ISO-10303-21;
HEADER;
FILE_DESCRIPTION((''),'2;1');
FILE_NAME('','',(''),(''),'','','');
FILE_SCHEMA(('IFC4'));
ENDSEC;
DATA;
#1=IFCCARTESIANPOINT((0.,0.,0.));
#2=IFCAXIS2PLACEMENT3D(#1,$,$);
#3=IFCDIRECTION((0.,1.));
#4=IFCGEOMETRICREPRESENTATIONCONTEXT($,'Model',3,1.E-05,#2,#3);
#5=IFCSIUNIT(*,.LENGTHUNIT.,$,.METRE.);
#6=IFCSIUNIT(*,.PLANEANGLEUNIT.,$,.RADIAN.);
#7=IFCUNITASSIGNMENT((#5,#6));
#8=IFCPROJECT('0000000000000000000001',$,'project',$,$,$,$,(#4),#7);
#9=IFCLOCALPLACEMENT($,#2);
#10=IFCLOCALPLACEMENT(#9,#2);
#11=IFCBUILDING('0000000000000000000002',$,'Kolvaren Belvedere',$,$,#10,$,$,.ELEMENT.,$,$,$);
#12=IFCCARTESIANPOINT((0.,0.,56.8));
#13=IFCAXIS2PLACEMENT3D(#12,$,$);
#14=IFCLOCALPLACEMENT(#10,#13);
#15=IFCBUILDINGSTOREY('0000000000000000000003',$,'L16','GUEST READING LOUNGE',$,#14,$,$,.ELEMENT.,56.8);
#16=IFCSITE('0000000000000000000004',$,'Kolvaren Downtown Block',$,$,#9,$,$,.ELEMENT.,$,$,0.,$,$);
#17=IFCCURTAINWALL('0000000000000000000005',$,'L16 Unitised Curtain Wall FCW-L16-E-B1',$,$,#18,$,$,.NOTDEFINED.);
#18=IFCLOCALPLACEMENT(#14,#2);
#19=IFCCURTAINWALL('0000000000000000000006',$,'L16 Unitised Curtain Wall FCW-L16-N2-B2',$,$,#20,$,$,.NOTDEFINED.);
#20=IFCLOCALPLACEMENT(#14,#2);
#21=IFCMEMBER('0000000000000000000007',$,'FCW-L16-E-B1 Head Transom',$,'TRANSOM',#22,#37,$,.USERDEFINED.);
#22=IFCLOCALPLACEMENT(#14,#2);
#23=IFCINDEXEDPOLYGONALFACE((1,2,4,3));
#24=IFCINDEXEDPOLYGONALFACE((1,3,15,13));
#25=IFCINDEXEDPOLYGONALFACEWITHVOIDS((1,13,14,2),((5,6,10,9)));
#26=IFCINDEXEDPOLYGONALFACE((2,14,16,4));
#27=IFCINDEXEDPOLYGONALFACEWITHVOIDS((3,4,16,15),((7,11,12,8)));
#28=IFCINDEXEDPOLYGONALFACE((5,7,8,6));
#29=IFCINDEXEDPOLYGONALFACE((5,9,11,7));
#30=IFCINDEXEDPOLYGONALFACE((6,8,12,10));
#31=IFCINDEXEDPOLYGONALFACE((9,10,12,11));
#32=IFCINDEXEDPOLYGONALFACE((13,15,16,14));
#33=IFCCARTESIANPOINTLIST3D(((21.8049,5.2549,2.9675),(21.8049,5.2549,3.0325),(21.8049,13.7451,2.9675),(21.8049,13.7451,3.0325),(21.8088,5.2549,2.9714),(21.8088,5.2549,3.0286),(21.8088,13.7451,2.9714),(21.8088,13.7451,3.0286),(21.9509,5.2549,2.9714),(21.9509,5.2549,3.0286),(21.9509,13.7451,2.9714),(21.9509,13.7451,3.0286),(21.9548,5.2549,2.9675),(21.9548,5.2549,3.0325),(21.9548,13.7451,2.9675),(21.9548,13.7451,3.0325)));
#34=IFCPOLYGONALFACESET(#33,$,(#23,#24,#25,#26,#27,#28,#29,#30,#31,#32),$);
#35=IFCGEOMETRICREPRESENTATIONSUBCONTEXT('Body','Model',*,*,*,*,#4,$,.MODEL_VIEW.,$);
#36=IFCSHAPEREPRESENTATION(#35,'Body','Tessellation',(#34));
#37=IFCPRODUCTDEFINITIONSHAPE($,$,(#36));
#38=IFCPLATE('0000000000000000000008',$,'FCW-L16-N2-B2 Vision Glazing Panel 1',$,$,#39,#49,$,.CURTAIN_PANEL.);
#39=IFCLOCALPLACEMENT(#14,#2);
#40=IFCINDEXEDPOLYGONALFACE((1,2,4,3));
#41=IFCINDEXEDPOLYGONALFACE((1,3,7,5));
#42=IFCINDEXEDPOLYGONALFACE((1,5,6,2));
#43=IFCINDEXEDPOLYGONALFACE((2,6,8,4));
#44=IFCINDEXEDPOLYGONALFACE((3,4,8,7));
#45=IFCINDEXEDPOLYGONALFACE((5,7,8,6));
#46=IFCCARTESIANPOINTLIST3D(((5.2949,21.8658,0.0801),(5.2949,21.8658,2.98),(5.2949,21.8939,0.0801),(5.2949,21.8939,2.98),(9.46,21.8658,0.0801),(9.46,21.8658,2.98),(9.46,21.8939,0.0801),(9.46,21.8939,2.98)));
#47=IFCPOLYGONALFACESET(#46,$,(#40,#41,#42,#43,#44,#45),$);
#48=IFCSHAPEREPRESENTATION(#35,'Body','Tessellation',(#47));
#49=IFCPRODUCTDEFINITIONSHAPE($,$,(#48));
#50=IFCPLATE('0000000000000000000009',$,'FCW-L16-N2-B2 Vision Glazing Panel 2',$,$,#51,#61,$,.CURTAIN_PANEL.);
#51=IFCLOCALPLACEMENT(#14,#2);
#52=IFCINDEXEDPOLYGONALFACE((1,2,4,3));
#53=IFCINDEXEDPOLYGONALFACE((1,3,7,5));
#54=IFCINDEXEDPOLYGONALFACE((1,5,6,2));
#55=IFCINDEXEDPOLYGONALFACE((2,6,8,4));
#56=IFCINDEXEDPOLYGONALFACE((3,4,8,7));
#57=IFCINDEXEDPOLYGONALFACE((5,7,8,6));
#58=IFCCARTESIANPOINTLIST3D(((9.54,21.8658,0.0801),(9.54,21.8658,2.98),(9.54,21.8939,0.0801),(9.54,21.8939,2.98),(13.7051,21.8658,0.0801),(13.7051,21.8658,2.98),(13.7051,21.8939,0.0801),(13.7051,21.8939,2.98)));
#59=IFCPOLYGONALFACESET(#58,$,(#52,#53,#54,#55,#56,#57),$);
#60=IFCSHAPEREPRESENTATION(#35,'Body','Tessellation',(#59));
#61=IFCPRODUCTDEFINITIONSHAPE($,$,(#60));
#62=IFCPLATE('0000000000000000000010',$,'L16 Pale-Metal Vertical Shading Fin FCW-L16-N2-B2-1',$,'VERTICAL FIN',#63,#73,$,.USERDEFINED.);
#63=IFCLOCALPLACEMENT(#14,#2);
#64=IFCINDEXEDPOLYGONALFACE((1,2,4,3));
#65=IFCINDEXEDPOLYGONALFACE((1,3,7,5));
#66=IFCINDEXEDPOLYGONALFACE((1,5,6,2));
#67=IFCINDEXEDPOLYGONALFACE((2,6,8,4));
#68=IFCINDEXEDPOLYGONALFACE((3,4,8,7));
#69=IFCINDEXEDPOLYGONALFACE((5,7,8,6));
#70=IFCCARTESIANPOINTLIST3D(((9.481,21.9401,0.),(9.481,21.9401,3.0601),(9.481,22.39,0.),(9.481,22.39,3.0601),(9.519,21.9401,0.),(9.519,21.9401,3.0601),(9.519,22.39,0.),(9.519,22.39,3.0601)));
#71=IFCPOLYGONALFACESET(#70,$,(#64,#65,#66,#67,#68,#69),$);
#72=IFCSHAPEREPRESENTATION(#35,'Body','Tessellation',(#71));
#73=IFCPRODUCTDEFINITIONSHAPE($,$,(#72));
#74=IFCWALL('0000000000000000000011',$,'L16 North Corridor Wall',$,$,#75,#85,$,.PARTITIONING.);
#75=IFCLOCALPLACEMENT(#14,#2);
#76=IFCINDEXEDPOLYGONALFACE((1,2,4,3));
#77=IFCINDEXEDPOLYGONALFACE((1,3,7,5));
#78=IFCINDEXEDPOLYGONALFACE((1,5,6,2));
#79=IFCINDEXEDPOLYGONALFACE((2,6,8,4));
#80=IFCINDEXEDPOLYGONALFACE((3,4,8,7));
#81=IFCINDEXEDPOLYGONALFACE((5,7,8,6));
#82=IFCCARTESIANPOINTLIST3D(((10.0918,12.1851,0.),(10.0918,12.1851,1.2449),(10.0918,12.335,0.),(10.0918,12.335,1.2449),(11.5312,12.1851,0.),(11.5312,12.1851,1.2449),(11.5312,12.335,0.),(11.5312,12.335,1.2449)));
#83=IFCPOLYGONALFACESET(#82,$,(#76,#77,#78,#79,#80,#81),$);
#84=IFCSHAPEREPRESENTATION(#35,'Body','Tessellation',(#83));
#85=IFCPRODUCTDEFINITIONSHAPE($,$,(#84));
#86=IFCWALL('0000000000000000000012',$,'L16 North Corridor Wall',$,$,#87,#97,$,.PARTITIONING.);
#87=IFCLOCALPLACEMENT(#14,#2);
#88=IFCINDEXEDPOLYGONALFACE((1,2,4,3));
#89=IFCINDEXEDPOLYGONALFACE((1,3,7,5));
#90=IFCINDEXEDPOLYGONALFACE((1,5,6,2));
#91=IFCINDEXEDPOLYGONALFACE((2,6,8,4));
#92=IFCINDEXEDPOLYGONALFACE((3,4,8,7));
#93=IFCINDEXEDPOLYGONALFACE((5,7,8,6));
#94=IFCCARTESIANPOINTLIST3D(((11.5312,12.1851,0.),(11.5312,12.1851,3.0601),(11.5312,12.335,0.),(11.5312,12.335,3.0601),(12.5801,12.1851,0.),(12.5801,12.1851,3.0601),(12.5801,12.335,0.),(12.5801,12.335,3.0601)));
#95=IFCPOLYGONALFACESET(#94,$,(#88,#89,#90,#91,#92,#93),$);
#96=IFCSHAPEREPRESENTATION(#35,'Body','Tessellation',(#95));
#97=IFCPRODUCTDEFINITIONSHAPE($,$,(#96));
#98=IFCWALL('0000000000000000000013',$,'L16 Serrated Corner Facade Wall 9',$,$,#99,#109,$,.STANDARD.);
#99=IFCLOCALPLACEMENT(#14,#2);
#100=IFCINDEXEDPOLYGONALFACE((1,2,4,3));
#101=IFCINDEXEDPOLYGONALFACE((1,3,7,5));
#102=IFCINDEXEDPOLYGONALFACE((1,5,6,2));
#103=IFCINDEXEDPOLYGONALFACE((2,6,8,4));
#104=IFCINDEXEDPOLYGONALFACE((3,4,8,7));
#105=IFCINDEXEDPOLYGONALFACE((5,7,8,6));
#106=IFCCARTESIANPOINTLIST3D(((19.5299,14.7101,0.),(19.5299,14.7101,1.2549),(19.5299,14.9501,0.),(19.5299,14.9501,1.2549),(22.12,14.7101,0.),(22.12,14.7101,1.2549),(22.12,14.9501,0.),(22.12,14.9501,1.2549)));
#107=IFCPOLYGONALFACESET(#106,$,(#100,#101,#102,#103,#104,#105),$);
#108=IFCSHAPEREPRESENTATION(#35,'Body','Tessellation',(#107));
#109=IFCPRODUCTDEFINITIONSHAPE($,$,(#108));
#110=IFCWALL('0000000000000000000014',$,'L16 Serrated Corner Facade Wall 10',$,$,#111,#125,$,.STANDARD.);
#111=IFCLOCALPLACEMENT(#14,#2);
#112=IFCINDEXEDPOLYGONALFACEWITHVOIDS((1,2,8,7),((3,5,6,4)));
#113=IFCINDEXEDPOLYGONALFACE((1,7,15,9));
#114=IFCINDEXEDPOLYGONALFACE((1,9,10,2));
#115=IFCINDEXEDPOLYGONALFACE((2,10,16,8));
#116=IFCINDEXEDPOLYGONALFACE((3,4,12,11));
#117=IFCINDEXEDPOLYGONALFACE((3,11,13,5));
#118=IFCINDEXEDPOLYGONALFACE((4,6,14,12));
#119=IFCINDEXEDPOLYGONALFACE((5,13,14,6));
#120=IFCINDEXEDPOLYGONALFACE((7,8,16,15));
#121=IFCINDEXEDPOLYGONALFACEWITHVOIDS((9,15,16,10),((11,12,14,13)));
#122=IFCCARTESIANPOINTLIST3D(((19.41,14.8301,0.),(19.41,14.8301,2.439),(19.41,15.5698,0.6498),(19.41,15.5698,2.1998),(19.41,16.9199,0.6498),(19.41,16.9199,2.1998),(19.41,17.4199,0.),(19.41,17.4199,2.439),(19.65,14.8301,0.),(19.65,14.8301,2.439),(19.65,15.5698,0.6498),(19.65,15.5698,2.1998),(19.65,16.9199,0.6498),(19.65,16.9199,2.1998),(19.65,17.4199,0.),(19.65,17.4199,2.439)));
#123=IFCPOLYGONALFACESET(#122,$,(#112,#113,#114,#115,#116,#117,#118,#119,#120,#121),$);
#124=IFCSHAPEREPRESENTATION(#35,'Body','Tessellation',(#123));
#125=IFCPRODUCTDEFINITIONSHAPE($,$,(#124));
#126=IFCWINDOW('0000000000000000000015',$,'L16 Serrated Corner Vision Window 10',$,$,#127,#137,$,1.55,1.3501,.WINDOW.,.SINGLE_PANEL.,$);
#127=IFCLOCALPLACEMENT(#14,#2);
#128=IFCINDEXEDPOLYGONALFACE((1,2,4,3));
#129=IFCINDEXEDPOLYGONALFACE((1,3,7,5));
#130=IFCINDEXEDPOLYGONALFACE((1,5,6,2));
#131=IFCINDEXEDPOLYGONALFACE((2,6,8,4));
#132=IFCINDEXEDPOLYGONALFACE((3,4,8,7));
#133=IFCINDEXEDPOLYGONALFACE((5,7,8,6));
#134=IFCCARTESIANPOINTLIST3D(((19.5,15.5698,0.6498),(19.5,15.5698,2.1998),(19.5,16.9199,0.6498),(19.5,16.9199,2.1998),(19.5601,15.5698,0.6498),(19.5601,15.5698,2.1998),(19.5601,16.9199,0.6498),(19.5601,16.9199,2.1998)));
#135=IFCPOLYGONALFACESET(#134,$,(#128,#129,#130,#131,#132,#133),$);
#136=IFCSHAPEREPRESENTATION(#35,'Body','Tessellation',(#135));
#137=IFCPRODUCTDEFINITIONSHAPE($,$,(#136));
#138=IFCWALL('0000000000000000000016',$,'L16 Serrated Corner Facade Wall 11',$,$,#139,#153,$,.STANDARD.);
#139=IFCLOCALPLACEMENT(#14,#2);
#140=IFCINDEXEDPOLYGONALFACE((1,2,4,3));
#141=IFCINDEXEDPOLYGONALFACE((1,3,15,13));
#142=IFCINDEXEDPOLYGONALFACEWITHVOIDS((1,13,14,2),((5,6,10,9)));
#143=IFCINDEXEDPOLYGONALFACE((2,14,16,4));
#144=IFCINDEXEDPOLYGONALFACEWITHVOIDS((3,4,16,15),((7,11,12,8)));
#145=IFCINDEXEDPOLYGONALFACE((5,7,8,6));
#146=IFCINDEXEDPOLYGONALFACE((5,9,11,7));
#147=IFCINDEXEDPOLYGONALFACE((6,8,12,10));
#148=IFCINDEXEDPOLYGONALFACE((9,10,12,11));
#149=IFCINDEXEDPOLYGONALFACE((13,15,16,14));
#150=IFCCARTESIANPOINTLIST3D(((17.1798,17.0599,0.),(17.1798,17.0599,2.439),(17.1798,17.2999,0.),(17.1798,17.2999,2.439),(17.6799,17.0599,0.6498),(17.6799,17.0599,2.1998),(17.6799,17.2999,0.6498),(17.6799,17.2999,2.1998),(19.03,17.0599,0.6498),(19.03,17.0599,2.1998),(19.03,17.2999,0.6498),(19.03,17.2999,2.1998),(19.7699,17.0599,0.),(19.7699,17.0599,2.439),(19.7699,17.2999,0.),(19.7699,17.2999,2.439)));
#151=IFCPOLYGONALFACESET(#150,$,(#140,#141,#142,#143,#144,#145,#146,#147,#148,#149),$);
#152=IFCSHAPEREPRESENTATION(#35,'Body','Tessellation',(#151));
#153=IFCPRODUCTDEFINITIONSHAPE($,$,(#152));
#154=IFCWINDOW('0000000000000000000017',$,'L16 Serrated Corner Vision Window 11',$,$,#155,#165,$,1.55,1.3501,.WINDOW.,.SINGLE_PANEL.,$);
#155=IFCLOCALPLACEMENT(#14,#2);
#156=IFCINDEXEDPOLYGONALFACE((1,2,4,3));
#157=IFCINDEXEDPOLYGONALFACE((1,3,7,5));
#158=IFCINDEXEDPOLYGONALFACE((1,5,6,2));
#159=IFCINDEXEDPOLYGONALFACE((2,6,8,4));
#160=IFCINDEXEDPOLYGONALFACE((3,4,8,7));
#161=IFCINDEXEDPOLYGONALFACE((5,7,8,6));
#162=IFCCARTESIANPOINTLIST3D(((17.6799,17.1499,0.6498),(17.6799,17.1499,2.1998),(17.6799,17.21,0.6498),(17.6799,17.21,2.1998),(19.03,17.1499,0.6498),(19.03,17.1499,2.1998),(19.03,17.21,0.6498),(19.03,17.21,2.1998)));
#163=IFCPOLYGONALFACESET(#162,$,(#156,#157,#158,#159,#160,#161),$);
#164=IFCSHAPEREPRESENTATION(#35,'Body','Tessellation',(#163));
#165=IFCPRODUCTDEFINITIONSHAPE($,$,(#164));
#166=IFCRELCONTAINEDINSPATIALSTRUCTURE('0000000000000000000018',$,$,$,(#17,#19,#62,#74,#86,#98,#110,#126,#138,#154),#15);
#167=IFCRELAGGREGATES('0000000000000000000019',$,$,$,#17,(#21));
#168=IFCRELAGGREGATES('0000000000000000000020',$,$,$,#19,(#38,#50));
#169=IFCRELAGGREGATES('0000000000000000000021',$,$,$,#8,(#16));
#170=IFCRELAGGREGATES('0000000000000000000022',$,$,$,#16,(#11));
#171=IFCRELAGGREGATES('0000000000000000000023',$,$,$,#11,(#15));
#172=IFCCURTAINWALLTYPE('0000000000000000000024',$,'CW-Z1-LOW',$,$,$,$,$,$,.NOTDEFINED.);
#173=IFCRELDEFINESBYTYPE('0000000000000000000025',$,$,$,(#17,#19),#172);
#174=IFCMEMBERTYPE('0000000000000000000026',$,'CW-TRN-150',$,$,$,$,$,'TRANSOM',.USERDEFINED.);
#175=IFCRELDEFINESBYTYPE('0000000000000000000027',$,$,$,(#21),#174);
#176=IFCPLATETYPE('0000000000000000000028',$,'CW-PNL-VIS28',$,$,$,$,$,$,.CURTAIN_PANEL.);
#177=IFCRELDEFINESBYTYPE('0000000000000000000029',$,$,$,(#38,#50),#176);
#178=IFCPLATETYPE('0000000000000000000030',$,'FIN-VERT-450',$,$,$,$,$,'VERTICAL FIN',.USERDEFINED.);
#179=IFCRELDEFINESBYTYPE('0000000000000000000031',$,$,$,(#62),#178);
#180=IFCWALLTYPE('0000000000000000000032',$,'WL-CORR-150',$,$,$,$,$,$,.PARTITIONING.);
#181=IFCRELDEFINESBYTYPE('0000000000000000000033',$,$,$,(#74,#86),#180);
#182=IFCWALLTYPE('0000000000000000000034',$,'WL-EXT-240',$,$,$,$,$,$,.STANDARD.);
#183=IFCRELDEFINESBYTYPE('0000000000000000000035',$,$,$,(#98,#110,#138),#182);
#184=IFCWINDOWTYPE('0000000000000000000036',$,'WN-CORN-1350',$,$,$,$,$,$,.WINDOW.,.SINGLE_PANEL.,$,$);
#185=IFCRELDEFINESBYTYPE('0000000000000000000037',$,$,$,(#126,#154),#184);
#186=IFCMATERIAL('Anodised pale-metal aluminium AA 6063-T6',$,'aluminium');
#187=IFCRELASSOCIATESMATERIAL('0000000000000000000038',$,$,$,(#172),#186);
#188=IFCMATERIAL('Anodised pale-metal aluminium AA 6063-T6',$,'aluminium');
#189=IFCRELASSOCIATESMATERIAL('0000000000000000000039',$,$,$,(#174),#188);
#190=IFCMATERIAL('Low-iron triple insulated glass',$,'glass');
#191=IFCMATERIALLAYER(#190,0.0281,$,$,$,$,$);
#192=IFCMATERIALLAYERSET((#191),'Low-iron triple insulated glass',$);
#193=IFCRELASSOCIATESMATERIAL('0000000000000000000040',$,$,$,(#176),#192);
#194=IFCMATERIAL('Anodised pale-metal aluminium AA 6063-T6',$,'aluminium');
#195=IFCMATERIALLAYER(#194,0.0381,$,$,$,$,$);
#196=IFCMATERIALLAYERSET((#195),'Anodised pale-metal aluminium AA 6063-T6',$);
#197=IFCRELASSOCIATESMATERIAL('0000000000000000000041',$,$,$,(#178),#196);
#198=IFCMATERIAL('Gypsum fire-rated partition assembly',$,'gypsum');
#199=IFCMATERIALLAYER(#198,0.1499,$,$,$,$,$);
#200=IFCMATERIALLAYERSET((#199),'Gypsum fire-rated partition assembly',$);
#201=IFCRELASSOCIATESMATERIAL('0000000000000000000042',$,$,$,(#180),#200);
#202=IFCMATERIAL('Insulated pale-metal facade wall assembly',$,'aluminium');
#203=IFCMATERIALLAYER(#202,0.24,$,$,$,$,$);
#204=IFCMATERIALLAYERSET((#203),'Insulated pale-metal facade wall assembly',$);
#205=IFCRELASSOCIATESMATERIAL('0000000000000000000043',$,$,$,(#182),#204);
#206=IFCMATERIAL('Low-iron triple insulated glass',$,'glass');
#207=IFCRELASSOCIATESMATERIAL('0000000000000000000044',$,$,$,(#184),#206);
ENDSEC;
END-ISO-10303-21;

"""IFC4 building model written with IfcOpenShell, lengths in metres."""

from ifc_helpers import new_model, si_unit, direction, frame, frame_2d, origin, origin_2d, place, context, subcontext, project, spatial, rectangle, hollow_rectangle, extrude, material, layer, layer_set, material_profile, profile_set, type_object, element, fill, aggregate, save


model = new_model("IFC4")

# Units and contexts
model_context = context("Model", 3, precision=1e-05, world=origin(), true_north=direction((0.0, 1.0)))
body_context = subcontext(model_context, "Body", "Model", "MODEL_VIEW")
ifc_project = project(units=[si_unit("LENGTHUNIT", "METRE"), si_unit("PLANEANGLEUNIT", "RADIAN")], contexts=[model_context])

# Site, building, storey
site_placement = place(None, origin())
site = spatial("IfcSite", under=ifc_project, at=site_placement, Name="Kolvaren Downtown Block", CompositionType="ELEMENT", RefElevation=0.0)
building_placement = place(site_placement, origin())
building = spatial("IfcBuilding", under=site, at=building_placement, Name="Kolvaren Belvedere", CompositionType="ELEMENT")
storey_placement = place(building_placement, frame((0.0, 0.0, 56.8)))
storey = spatial("IfcBuildingStorey", under=building, at=storey_placement, Name="L16", Description="GUEST READING LOUNGE", CompositionType="ELEMENT", Elevation=56.8)

# Curtain wall
ifc_material_1 = material(Name="Anodised pale-metal aluminium AA 6063-T6", Category="aluminium")
curtain_wall_type = type_object("IfcCurtainWallType", Name="CW-Z1-LOW", PredefinedType="NOTDEFINED", material=ifc_material_1)
curtain_wall_1_placement = place(storey_placement, origin())
curtain_wall_1 = element("IfcCurtainWall", 1, at=curtain_wall_1_placement, inside=storey, type_object=curtain_wall_type, Name="L16 Unitised Curtain Wall FCW-L16-E-B1", PredefinedType="NOTDEFINED")

# Curtain wall
curtain_wall_2_placement = place(storey_placement, origin())
curtain_wall_2 = element("IfcCurtainWall", 2, at=curtain_wall_2_placement, inside=storey, type_object=curtain_wall_type, Name="L16 Unitised Curtain Wall FCW-L16-N2-B2", PredefinedType="NOTDEFINED")

# Member
ifc_material_2 = material(Name="Anodised pale-metal aluminium AA 6063-T6", Category="aluminium")
ifc_material_profile_1 = material_profile(ifc_material_2, hollow_rectangle(XDim=0.0649, YDim=0.1499, WallThickness=0.0039, at=origin_2d()), Name="ALU-TRN-150X65")
ifc_profile_set_1 = profile_set([ifc_material_profile_1], Name="Anodised pale-metal aluminium AA 6063-T6")
member_type_1 = type_object("IfcMemberType", Name="CW-TRN-150", ElementType="TRANSOM", PredefinedType="USERDEFINED", material=ifc_profile_set_1)
member_1_placement = place(storey_placement, frame((21.8799, 13.7451, 3.0), z_axis=(0.0, -1.0, 0.0), x_axis=(0.0, 0.0, 1.0)))
member_1 = element("IfcMember", 3, at=member_1_placement, type_object=member_type_1, Name="FCW-L16-E-B1 Head Transom", ObjectType="TRANSOM", PredefinedType="USERDEFINED", context=body_context, shape_type="SweptSolid", body=[
    extrude(hollow_rectangle(XDim=0.0649, YDim=0.1499, WallThickness=0.0039, at=origin_2d()), origin(), (0.0, 0.0, 1.0), 8.4902),
])
aggregate(curtain_wall_1, [member_1])

# Plates
ifc_material_3 = material(Name="Low-iron triple insulated glass", Category="glass")
ifc_layer_1 = layer(ifc_material_3, 0.0281)
ifc_layer_set_1 = layer_set([ifc_layer_1], Name="Low-iron triple insulated glass")
plate_type_1 = type_object("IfcPlateType", Name="CW-PNL-VIS28", PredefinedType="CURTAIN_PANEL", material=ifc_layer_set_1)
plate_1_placement = place(storey_placement, frame((7.3774, 21.8799, 0.0801), z_axis=(0.0, 0.0, 1.0), x_axis=(1.0, 0.0, 0.0)))
plate_1 = element("IfcPlate", 4, at=plate_1_placement, type_object=plate_type_1, Name="FCW-L16-N2-B2 Vision Glazing Panel 1", PredefinedType="CURTAIN_PANEL", context=body_context, shape_type="SweptSolid", body=[
    extrude(rectangle(XDim=4.165, YDim=0.0281, at=origin_2d()), origin(), (0.0, 0.0, 1.0), 2.8999),
])
plate_2_placement = place(storey_placement, frame((11.6226, 21.8799, 0.0801), z_axis=(0.0, 0.0, 1.0), x_axis=(1.0, 0.0, 0.0)))
plate_2 = element("IfcPlate", 5, at=plate_2_placement, type_object=plate_type_1, Name="FCW-L16-N2-B2 Vision Glazing Panel 2", PredefinedType="CURTAIN_PANEL", context=body_context, shape_type="SweptSolid", body=[
    extrude(rectangle(XDim=4.165, YDim=0.0281, at=origin_2d()), origin(), (0.0, 0.0, 1.0), 2.8999),
])
aggregate(curtain_wall_2, [plate_1, plate_2])
ifc_material_4 = material(Name="Anodised pale-metal aluminium AA 6063-T6", Category="aluminium")
ifc_layer_2 = layer(ifc_material_4, 0.0381)
ifc_layer_set_2 = layer_set([ifc_layer_2], Name="Anodised pale-metal aluminium AA 6063-T6")
plate_type_2 = type_object("IfcPlateType", Name="FIN-VERT-450", ElementType="VERTICAL FIN", PredefinedType="USERDEFINED", material=ifc_layer_set_2)
plate_3_placement = place(storey_placement, frame((9.5, 22.165, 0.0), z_axis=(0.0, 0.0, 1.0), x_axis=(0.0, 1.0, 0.0)))
element("IfcPlate", 6, at=plate_3_placement, inside=storey, type_object=plate_type_2, Name="L16 Pale-Metal Vertical Shading Fin FCW-L16-N2-B2-1", ObjectType="VERTICAL FIN", PredefinedType="USERDEFINED", context=body_context, shape_type="SweptSolid", body=[
    extrude(rectangle(XDim=0.45, YDim=0.0381, at=origin_2d()), origin(), (0.0, 0.0, 1.0), 3.0601),
])

# Walls
ifc_material_5 = material(Name="Gypsum fire-rated partition assembly", Category="gypsum")
ifc_layer_3 = layer(ifc_material_5, 0.1499)
ifc_layer_set_3 = layer_set([ifc_layer_3], Name="Gypsum fire-rated partition assembly")
wall_type_1 = type_object("IfcWallType", Name="WL-CORR-150", PredefinedType="PARTITIONING", material=ifc_layer_set_3)
wall_1_placement = place(storey_placement, frame((10.0918, 12.26, 0.0), z_axis=(0.0, 0.0, 1.0), x_axis=(1.0, 0.0, 0.0)))
element("IfcWall", 7, at=wall_1_placement, inside=storey, type_object=wall_type_1, Name="L16 North Corridor Wall", PredefinedType="PARTITIONING", context=body_context, shape_type="SweptSolid", body=[
    extrude(rectangle(XDim=1.4395, YDim=0.1499, at=frame_2d((0.7197, 0.0))), origin(), (0.0, 0.0, 1.0), 1.2449),
])
wall_2_placement = place(storey_placement, frame((11.5312, 12.26, 0.0), z_axis=(0.0, 0.0, 1.0), x_axis=(1.0, 0.0, 0.0)))
element("IfcWall", 8, at=wall_2_placement, inside=storey, type_object=wall_type_1, Name="L16 North Corridor Wall", PredefinedType="PARTITIONING", context=body_context, shape_type="SweptSolid", body=[
    extrude(rectangle(XDim=1.0488, YDim=0.1499, at=frame_2d((0.5244, 0.0))), origin(), (0.0, 0.0, 1.0), 3.0601),
])
ifc_material_6 = material(Name="Insulated pale-metal facade wall assembly", Category="aluminium")
ifc_layer_4 = layer(ifc_material_6, 0.24)
ifc_layer_set_4 = layer_set([ifc_layer_4], Name="Insulated pale-metal facade wall assembly")
wall_type_2 = type_object("IfcWallType", Name="WL-EXT-240", PredefinedType="STANDARD", material=ifc_layer_set_4)
wall_3_placement = place(storey_placement, frame((19.53, 14.8301, 0.0), z_axis=(0.0, 0.0, 1.0), x_axis=(1.0, 0.0, 0.0)))
element("IfcWall", 9, at=wall_3_placement, inside=storey, type_object=wall_type_2, Name="L16 Serrated Corner Facade Wall 9", PredefinedType="STANDARD", context=body_context, shape_type="SweptSolid", body=[
    extrude(rectangle(XDim=2.5901, YDim=0.24, at=frame_2d((1.2949, 0.0))), origin(), (0.0, 0.0, 1.0), 1.2549),
])

# Walls, openings, windows
wall_4_placement = place(storey_placement, frame((19.53, 17.4199, 0.0), z_axis=(0.0, 0.0, 1.0), x_axis=(0.0, -1.0, 0.0)))
wall_4 = element("IfcWall", 10, at=wall_4_placement, inside=storey, type_object=wall_type_2, Name="L16 Serrated Corner Facade Wall 10", PredefinedType="STANDARD", context=body_context, shape_type="SweptSolid", body=[
    extrude(rectangle(XDim=2.5898, YDim=0.24, at=frame_2d((1.2949, 0.0))), origin(), (0.0, 0.0, 1.0), 2.439),
])
opening_1_placement = place(wall_4_placement, frame((0.5, 0.0, 0.6499)))
opening_1 = element("IfcOpeningElement", 11, at=opening_1_placement, cuts=wall_4, PredefinedType="OPENING", context=body_context, shape_type="SweptSolid", body=[
    extrude(rectangle(XDim=1.3501, YDim=1.55, at=frame_2d((0.675, 0.7749))), frame((0.0, 0.1299, 0.0), z_axis=(0.0, -1.0, 0.0), x_axis=(1.0, 0.0, 0.0)), (0.0, 0.0, 1.0), 0.26),
])
ifc_material_7 = material(Name="Low-iron triple insulated glass", Category="glass")
window_type = type_object("IfcWindowType", Name="WN-CORN-1350", PartitioningType="SINGLE_PANEL", PredefinedType="WINDOW", material=ifc_material_7)
window_1_placement = place(opening_1_placement, origin())
window_1 = element("IfcWindow", 12, at=window_1_placement, inside=storey, type_object=window_type, Name="L16 Serrated Corner Vision Window 10", OverallHeight=1.55, OverallWidth=1.3501, PartitioningType="SINGLE_PANEL", PredefinedType="WINDOW", context=body_context, shape_type="SweptSolid", body=[
    extrude(rectangle(XDim=1.3501, YDim=1.55, at=frame_2d((0.675, 0.7749))), frame((0.0, 0.03, 0.0), z_axis=(0.0, -1.0, 0.0), x_axis=(1.0, 0.0, 0.0)), (0.0, 0.0, 1.0), 0.0601),
])
fill(opening_1, window_1)
wall_5_placement = place(storey_placement, frame((17.1799, 17.1799, 0.0), z_axis=(0.0, 0.0, 1.0), x_axis=(1.0, 0.0, 0.0)))
wall_5 = element("IfcWall", 13, at=wall_5_placement, inside=storey, type_object=wall_type_2, Name="L16 Serrated Corner Facade Wall 11", PredefinedType="STANDARD", context=body_context, shape_type="SweptSolid", body=[
    extrude(rectangle(XDim=2.5901, YDim=0.24, at=frame_2d((1.2949, 0.0))), origin(), (0.0, 0.0, 1.0), 2.439),
])
opening_2_placement = place(wall_5_placement, frame((0.5, 0.0, 0.6499)))
opening_2 = element("IfcOpeningElement", 14, at=opening_2_placement, cuts=wall_5, PredefinedType="OPENING", context=body_context, shape_type="SweptSolid", body=[
    extrude(rectangle(XDim=1.3501, YDim=1.55, at=frame_2d((0.675, 0.7749))), frame((0.0, 0.1299, 0.0), z_axis=(0.0, -1.0, 0.0), x_axis=(1.0, 0.0, 0.0)), (0.0, 0.0, 1.0), 0.26),
])
window_2_placement = place(opening_2_placement, origin())
window_2 = element("IfcWindow", 15, at=window_2_placement, inside=storey, type_object=window_type, Name="L16 Serrated Corner Vision Window 11", OverallHeight=1.55, OverallWidth=1.3501, PartitioningType="SINGLE_PANEL", PredefinedType="WINDOW", context=body_context, shape_type="SweptSolid", body=[
    extrude(rectangle(XDim=1.3501, YDim=1.55, at=frame_2d((0.675, 0.7749))), frame((0.0, 0.03, 0.0), z_axis=(0.0, -1.0, 0.0), x_axis=(1.0, 0.0, 0.0)), (0.0, 0.0, 1.0), 0.0601),
])
fill(opening_2, window_2)

save(model, "model.ifc")
